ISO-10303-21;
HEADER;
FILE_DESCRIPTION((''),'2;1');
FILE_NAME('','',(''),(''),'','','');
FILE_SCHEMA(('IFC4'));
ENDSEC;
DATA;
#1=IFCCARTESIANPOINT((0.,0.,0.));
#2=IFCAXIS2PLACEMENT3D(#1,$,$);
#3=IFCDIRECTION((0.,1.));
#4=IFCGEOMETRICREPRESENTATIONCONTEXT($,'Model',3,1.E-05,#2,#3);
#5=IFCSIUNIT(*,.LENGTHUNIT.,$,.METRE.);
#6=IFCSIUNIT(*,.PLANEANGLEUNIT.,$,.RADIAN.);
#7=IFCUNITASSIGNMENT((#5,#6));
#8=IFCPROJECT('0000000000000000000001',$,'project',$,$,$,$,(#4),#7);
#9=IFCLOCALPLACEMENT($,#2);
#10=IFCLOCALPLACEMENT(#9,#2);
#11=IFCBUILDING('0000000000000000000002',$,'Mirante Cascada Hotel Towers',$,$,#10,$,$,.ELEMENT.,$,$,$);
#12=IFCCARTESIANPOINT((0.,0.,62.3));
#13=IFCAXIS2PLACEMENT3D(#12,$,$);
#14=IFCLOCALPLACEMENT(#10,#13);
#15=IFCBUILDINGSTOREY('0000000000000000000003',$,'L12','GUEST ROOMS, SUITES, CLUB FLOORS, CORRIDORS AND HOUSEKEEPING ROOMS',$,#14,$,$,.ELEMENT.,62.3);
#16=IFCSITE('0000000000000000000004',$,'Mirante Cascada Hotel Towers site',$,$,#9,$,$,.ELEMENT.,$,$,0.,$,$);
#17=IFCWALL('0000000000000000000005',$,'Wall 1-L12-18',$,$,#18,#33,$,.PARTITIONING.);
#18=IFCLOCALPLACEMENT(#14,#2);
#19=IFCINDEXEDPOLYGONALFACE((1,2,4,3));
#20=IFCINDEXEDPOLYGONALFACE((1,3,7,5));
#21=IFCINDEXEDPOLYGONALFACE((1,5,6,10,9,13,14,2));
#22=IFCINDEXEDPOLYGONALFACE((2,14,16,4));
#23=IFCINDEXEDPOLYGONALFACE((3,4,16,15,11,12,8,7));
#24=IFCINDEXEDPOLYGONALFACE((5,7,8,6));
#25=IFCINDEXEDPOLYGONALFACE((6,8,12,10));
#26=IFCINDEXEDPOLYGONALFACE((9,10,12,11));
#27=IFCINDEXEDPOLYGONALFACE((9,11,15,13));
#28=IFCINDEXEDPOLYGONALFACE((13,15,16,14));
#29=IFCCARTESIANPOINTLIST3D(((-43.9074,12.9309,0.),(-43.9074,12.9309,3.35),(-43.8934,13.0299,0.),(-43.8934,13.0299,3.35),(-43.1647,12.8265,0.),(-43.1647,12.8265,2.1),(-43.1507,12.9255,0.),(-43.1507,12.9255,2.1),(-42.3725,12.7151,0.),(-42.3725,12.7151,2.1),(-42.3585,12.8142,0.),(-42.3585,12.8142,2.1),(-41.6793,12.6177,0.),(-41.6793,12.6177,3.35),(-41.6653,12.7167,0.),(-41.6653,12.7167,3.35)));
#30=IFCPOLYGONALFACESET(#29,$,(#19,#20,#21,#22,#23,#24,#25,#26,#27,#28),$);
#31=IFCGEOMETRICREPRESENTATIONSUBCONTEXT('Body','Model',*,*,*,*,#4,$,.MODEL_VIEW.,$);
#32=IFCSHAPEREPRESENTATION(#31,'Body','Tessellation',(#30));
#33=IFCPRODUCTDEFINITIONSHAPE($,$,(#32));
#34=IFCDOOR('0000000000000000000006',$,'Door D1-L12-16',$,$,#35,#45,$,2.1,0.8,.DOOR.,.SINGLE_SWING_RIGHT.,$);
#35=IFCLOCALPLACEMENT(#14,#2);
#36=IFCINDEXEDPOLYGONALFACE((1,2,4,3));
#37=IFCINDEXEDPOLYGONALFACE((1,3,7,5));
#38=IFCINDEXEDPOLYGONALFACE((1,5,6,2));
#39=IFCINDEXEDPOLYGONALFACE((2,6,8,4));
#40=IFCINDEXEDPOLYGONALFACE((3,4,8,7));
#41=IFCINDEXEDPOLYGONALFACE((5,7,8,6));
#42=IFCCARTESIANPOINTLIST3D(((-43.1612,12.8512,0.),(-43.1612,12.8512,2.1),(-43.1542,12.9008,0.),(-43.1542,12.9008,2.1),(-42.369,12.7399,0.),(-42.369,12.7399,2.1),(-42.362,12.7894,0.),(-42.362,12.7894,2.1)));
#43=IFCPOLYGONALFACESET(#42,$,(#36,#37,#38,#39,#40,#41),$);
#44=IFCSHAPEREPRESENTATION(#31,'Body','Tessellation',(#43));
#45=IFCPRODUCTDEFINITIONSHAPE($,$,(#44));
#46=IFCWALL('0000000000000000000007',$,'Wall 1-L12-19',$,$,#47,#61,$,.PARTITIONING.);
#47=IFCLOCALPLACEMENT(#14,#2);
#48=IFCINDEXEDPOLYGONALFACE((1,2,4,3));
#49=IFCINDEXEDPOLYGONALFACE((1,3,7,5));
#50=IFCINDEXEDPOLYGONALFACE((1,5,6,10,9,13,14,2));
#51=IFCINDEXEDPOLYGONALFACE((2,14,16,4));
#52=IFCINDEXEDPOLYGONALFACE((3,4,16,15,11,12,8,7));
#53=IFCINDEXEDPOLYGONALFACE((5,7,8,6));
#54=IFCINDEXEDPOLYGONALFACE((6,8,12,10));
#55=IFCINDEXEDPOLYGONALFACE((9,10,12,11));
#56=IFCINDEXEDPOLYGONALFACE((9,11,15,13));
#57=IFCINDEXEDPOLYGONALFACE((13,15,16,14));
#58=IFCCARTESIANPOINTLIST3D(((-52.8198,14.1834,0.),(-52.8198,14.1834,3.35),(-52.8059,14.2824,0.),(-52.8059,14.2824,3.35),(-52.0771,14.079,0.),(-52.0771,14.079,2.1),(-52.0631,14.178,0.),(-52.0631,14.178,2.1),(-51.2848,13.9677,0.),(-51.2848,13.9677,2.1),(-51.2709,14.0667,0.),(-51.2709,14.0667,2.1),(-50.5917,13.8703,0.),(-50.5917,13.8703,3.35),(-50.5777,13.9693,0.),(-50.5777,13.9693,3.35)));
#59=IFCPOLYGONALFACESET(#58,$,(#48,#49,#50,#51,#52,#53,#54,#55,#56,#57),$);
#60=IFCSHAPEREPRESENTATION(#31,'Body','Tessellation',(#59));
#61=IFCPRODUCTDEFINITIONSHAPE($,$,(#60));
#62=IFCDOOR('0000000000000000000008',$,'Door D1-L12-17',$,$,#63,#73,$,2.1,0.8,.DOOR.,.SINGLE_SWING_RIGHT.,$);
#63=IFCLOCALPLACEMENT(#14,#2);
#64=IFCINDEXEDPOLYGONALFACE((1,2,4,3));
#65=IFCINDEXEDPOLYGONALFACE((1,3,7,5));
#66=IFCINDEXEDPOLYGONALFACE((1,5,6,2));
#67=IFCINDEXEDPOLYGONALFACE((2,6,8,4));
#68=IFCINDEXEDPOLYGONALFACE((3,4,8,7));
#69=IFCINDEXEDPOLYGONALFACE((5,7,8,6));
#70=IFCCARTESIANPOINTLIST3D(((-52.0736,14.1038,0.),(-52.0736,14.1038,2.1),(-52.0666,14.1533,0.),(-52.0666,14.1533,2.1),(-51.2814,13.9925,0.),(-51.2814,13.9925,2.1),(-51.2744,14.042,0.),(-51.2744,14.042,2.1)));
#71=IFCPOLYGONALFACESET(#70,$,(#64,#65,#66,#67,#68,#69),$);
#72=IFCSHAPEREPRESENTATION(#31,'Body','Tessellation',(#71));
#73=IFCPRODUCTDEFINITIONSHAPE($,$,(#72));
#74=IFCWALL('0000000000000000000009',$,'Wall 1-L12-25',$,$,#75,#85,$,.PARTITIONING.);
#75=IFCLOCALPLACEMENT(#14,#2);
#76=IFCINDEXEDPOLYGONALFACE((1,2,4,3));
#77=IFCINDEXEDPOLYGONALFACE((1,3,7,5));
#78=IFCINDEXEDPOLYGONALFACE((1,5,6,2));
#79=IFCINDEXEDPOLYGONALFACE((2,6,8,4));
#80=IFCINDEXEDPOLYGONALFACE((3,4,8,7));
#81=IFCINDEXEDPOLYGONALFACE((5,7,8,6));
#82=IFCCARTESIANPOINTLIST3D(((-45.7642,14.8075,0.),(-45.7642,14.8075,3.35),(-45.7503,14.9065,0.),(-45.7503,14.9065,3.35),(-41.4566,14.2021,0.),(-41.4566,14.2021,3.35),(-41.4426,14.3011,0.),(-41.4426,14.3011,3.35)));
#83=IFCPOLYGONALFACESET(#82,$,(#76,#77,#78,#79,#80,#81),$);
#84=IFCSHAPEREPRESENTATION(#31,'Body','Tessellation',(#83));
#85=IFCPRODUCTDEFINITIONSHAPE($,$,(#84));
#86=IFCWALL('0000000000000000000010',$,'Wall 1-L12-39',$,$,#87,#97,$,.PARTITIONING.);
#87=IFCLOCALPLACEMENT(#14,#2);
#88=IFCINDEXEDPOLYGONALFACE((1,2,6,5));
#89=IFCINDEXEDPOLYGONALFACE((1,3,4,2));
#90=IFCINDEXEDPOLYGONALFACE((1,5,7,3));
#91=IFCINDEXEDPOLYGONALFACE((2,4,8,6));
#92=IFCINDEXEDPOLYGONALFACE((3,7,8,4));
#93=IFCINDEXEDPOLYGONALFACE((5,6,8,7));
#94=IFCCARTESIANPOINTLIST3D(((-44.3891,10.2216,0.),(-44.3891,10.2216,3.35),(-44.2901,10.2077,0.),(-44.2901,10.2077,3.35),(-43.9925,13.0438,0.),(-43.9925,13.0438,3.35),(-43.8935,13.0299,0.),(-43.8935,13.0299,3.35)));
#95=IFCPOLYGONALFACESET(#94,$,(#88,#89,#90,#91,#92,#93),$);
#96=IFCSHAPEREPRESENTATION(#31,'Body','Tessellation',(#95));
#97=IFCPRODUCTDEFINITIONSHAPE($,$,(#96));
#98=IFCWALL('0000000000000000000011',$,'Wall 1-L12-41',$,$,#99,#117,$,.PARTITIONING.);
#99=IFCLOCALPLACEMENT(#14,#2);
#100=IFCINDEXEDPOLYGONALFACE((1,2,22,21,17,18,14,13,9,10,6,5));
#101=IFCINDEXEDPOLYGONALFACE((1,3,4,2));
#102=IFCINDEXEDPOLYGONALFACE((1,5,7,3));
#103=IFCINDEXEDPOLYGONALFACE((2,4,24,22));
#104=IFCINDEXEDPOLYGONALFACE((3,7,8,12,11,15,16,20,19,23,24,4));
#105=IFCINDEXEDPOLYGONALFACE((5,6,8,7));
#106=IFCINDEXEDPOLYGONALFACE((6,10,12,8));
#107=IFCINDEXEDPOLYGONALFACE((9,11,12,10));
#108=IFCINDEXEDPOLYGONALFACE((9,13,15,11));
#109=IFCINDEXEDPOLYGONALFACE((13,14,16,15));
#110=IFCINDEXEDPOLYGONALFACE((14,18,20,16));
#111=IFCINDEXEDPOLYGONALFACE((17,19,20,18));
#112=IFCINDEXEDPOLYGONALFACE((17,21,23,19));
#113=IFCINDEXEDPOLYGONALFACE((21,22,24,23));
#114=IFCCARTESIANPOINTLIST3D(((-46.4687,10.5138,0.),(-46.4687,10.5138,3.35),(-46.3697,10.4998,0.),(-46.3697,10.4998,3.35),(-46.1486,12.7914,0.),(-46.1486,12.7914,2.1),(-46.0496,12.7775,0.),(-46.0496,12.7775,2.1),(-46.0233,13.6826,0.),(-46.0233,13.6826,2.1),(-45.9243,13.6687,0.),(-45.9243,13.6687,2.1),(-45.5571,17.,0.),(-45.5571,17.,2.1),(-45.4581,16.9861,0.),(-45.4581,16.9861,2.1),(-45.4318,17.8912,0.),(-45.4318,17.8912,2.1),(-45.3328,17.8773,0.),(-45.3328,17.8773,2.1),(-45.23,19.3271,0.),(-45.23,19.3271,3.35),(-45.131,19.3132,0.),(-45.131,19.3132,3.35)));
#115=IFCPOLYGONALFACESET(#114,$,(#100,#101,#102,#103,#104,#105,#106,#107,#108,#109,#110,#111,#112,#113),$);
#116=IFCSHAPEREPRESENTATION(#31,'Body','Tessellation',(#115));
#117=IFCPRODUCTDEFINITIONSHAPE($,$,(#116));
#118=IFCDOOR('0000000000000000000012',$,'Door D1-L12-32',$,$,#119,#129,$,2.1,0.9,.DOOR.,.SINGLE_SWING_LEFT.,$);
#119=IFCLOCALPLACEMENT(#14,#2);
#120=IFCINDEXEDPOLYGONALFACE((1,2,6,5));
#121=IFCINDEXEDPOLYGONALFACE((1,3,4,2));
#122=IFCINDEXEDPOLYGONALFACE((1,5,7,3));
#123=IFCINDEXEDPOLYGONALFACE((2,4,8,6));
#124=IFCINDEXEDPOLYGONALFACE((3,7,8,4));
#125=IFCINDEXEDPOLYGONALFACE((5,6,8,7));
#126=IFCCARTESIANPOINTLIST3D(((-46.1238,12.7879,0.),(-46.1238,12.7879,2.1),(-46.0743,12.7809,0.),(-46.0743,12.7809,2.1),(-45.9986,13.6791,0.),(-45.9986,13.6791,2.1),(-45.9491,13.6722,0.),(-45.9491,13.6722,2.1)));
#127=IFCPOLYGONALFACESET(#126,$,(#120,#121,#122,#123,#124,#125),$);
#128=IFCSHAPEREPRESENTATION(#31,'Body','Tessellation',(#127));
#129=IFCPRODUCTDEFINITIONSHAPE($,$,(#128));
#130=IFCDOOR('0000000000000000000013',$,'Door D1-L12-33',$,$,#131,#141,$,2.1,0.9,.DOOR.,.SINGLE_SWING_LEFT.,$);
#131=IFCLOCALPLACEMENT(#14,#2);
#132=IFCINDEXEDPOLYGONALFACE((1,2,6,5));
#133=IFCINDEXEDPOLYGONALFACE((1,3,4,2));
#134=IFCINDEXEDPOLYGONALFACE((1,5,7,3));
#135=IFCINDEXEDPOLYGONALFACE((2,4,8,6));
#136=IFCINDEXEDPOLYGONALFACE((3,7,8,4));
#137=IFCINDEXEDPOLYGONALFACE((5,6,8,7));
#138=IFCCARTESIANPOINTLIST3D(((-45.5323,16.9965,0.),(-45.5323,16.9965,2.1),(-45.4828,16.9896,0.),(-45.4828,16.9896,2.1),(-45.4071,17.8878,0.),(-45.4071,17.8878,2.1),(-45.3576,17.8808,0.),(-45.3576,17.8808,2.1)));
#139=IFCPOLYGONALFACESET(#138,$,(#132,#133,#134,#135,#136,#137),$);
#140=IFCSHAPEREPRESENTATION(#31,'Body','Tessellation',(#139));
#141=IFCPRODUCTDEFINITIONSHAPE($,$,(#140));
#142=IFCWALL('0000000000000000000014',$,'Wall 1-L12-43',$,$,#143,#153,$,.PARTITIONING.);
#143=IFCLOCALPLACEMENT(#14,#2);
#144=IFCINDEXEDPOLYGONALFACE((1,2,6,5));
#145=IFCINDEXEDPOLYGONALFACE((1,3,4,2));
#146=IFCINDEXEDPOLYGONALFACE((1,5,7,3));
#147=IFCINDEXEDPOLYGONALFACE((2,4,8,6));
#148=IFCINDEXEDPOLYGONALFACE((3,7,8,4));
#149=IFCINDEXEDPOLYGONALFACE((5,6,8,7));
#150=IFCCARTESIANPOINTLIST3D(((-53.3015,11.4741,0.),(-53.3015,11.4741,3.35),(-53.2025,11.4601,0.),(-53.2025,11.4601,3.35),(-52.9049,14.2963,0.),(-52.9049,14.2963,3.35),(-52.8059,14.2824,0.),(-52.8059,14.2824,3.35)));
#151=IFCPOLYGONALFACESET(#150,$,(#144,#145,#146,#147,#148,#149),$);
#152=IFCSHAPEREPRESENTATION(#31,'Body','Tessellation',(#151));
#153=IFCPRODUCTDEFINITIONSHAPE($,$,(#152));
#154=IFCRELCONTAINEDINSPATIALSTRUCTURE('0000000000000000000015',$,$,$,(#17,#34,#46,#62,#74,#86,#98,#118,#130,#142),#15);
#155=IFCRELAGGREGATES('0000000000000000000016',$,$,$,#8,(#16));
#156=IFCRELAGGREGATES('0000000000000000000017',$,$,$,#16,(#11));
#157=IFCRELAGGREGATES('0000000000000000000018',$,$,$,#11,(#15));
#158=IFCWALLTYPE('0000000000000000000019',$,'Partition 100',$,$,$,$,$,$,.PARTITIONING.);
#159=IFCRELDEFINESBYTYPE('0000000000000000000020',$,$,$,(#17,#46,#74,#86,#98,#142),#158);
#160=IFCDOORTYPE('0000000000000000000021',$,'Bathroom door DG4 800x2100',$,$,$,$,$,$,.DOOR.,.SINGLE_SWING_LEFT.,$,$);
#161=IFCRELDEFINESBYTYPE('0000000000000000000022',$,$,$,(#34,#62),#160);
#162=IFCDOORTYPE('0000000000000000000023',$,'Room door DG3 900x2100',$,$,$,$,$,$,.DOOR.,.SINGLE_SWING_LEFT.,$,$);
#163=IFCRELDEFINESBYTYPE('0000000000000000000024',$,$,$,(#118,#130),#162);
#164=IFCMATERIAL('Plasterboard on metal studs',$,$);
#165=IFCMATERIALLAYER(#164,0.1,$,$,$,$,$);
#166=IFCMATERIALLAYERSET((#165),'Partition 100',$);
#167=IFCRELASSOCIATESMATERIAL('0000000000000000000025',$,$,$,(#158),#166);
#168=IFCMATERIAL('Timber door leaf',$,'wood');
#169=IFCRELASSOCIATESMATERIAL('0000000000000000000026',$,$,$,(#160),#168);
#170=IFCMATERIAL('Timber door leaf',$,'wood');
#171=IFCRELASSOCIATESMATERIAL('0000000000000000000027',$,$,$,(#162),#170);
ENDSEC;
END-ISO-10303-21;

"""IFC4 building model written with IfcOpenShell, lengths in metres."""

from ifc_helpers import new_model, si_unit, direction, frame, frame_2d, origin, place, context, subcontext, project, spatial, rectangle, extrude, material, layer, layer_set, type_object, element, fill, save


model = new_model("IFC4")

# Units and contexts
model_context = context("Model", 3, precision=1e-05, world=origin(), true_north=direction((0.0, 1.0)))
body_context = subcontext(model_context, "Body", "Model", "MODEL_VIEW")
ifc_project = project(units=[si_unit("LENGTHUNIT", "METRE"), si_unit("PLANEANGLEUNIT", "RADIAN")], contexts=[model_context])

# Site, building, storey
site_placement = place(None, origin())
site = spatial("IfcSite", under=ifc_project, at=site_placement, Name="Mirante Cascada Hotel Towers site", CompositionType="ELEMENT", RefElevation=0.0)
building_placement = place(site_placement, origin())
building = spatial("IfcBuilding", under=site, at=building_placement, Name="Mirante Cascada Hotel Towers", CompositionType="ELEMENT")
storey_placement = place(building_placement, frame((0.0, 0.0, 62.3)))
storey = spatial("IfcBuildingStorey", under=building, at=storey_placement, Name="L12", Description="GUEST ROOMS, SUITES, CLUB FLOORS, CORRIDORS AND HOUSEKEEPING ROOMS", CompositionType="ELEMENT", Elevation=62.3)

# Walls, openings, doors
ifc_material_1 = material(Name="Plasterboard on metal studs")
ifc_layer_1 = layer(ifc_material_1, 0.1)
ifc_layer_set_1 = layer_set([ifc_layer_1], Name="Partition 100")
wall_type_1 = type_object("IfcWallType", Name="Partition 100", PredefinedType="PARTITIONING", material=ifc_layer_set_1)
wall_1_placement = place(storey_placement, frame((-43.9004, 12.9804, 0.0), z_axis=(0.0, 0.0, 1.0), x_axis=(0.990264, -0.1392, 0.0)))
wall_1 = element("IfcWall", 1, at=wall_1_placement, inside=storey, type_object=wall_type_1, Name="Wall 1-L12-18", PredefinedType="PARTITIONING", context=body_context, shape_type="SweptSolid", body=[
    extrude(rectangle(XDim=2.25, YDim=0.1, at=frame_2d((1.125, 0.0))), origin(), (0.0, 0.0, 1.0), 3.35),
])
opening_1_placement = place(wall_1_placement, frame((0.75, 0.0, 0.0)))
opening_1 = element("IfcOpeningElement", 2, at=opening_1_placement, cuts=wall_1, PredefinedType="OPENING", context=body_context, shape_type="SweptSolid", body=[
    extrude(rectangle(XDim=0.8, YDim=2.1, at=frame_2d((0.4, 1.05))), frame((0.0, 0.05, 0.0), z_axis=(0.0, -1.0, 0.0), x_axis=(1.0, 0.0, 0.0)), (0.0, 0.0, 1.0), 0.1),
])
ifc_material_2 = material(Name="Timber door leaf", Category="wood")
door_type_1 = type_object("IfcDoorType", Name="Bathroom door DG4 800x2100", OperationType="SINGLE_SWING_LEFT", PredefinedType="DOOR", material=ifc_material_2)
door_1_placement = place(opening_1_placement, frame((0.8, 0.0, 0.0), z_axis=(0.0, 0.0, 1.0), x_axis=(-1.0, 0.0, 0.0)))
door_1 = element("IfcDoor", 3, at=door_1_placement, inside=storey, type_object=door_type_1, Name="Door D1-L12-16", OperationType="SINGLE_SWING_RIGHT", OverallHeight=2.1, OverallWidth=0.8, PredefinedType="DOOR", context=body_context, shape_type="SweptSolid", body=[
    extrude(rectangle(XDim=0.8, YDim=2.1, at=frame_2d((0.4, 1.05))), frame((0.0, 0.025, 0.0), z_axis=(0.0, -1.0, 0.0), x_axis=(1.0, 0.0, 0.0)), (0.0, 0.0, 1.0), 0.05),
])
fill(opening_1, door_1)
wall_2_placement = place(storey_placement, frame((-50.5847, 13.9198, 0.0), z_axis=(0.0, 0.0, 1.0), x_axis=(-0.990271, 0.139156, 0.0)))
wall_2 = element("IfcWall", 4, at=wall_2_placement, inside=storey, type_object=wall_type_1, Name="Wall 1-L12-19", PredefinedType="PARTITIONING", context=body_context, shape_type="SweptSolid", body=[
    extrude(rectangle(XDim=2.25, YDim=0.1, at=frame_2d((1.125, 0.0))), origin(), (0.0, 0.0, 1.0), 3.35),
])
opening_2_placement = place(wall_2_placement, frame((0.7, 0.0, 0.0)))
opening_2 = element("IfcOpeningElement", 5, at=opening_2_placement, cuts=wall_2, PredefinedType="OPENING", context=body_context, shape_type="SweptSolid", body=[
    extrude(rectangle(XDim=0.8, YDim=2.1, at=frame_2d((0.4, 1.05))), frame((0.0, 0.05, 0.0), z_axis=(0.0, -1.0, 0.0), x_axis=(1.0, 0.0, 0.0)), (0.0, 0.0, 1.0), 0.1),
])
door_2_placement = place(opening_2_placement, frame((0.8, 0.0, 0.0), z_axis=(0.0, 0.0, 1.0), x_axis=(-1.0, 0.0, 0.0)))
door_2 = element("IfcDoor", 6, at=door_2_placement, inside=storey, type_object=door_type_1, Name="Door D1-L12-17", OperationType="SINGLE_SWING_RIGHT", OverallHeight=2.1, OverallWidth=0.8, PredefinedType="DOOR", context=body_context, shape_type="SweptSolid", body=[
    extrude(rectangle(XDim=0.8, YDim=2.1, at=frame_2d((0.4, 1.05))), frame((0.0, 0.025, 0.0), z_axis=(0.0, -1.0, 0.0), x_axis=(1.0, 0.0, 0.0)), (0.0, 0.0, 1.0), 0.05),
])
fill(opening_2, door_2)

# Walls
wall_3_placement = place(storey_placement, frame((-41.4496, 14.2516, 0.0), z_axis=(0.0, 0.0, 1.0), x_axis=(-0.990268, 0.139171, 0.0)))
element("IfcWall", 7, at=wall_3_placement, inside=storey, type_object=wall_type_1, Name="Wall 1-L12-25", PredefinedType="PARTITIONING", context=body_context, shape_type="SweptSolid", body=[
    extrude(rectangle(XDim=4.35, YDim=0.1, at=frame_2d((2.175, 0.0))), origin(), (0.0, 0.0, 1.0), 3.35),
])
wall_4_placement = place(storey_placement, frame((-44.3396, 10.2146, 0.0), z_axis=(0.0, 0.0, 1.0), x_axis=(0.139161, 0.99027, 0.0)))
element("IfcWall", 8, at=wall_4_placement, inside=storey, type_object=wall_type_1, Name="Wall 1-L12-39", PredefinedType="PARTITIONING", context=body_context, shape_type="SweptSolid", body=[
    extrude(rectangle(XDim=2.8499, YDim=0.1, at=frame_2d((1.425, 0.0))), origin(), (0.0, 0.0, 1.0), 3.35),
])

# Wall, openings, doors
wall_5_placement = place(storey_placement, frame((-46.4192, 10.5068, 0.0), z_axis=(0.0, 0.0, 1.0), x_axis=(0.139179, 0.990267, 0.0)))
wall_5 = element("IfcWall", 9, at=wall_5_placement, inside=storey, type_object=wall_type_1, Name="Wall 1-L12-41", PredefinedType="PARTITIONING", context=body_context, shape_type="SweptSolid", body=[
    extrude(rectangle(XDim=8.9, YDim=0.1, at=frame_2d((4.45, 0.0))), origin(), (0.0, 0.0, 1.0), 3.35),
])
opening_3_placement = place(wall_5_placement, frame((2.3, 0.0, 0.0)))
opening_3 = element("IfcOpeningElement", 10, at=opening_3_placement, cuts=wall_5, PredefinedType="OPENING", context=body_context, shape_type="SweptSolid", body=[
    extrude(rectangle(XDim=0.9, YDim=2.1, at=frame_2d((0.45, 1.05))), frame((0.0, 0.05, 0.0), z_axis=(0.0, -1.0, 0.0), x_axis=(1.0, 0.0, 0.0)), (0.0, 0.0, 1.0), 0.1),
])
opening_4_placement = place(wall_5_placement, frame((6.55, 0.0, 0.0)))
opening_4 = element("IfcOpeningElement", 11, at=opening_4_placement, cuts=wall_5, PredefinedType="OPENING", context=body_context, shape_type="SweptSolid", body=[
    extrude(rectangle(XDim=0.9, YDim=2.1, at=frame_2d((0.45, 1.05))), frame((0.0, 0.05, 0.0), z_axis=(0.0, -1.0, 0.0), x_axis=(1.0, 0.0, 0.0)), (0.0, 0.0, 1.0), 0.1),
])
ifc_material_3 = material(Name="Timber door leaf", Category="wood")
door_type_2 = type_object("IfcDoorType", Name="Room door DG3 900x2100", OperationType="SINGLE_SWING_LEFT", PredefinedType="DOOR", material=ifc_material_3)
door_3_placement = place(opening_3_placement, origin())
door_3 = element("IfcDoor", 12, at=door_3_placement, inside=storey, type_object=door_type_2, Name="Door D1-L12-32", OperationType="SINGLE_SWING_LEFT", OverallHeight=2.1, OverallWidth=0.9, PredefinedType="DOOR", context=body_context, shape_type="SweptSolid", body=[
    extrude(rectangle(XDim=0.9, YDim=2.1, at=frame_2d((0.45, 1.05))), frame((0.0, 0.025, 0.0), z_axis=(0.0, -1.0, 0.0), x_axis=(1.0, 0.0, 0.0)), (0.0, 0.0, 1.0), 0.05),
])
fill(opening_3, door_3)
door_4_placement = place(opening_4_placement, origin())
door_4 = element("IfcDoor", 13, at=door_4_placement, inside=storey, type_object=door_type_2, Name="Door D1-L12-33", OperationType="SINGLE_SWING_LEFT", OverallHeight=2.1, OverallWidth=0.9, PredefinedType="DOOR", context=body_context, shape_type="SweptSolid", body=[
    extrude(rectangle(XDim=0.9, YDim=2.1, at=frame_2d((0.45, 1.05))), frame((0.0, 0.025, 0.0), z_axis=(0.0, -1.0, 0.0), x_axis=(1.0, 0.0, 0.0)), (0.0, 0.0, 1.0), 0.05),
])
fill(opening_4, door_4)

# Wall
wall_6_placement = place(storey_placement, frame((-53.252, 11.4671, 0.0), z_axis=(0.0, 0.0, 1.0), x_axis=(0.139156, 0.99027, 0.0)))
element("IfcWall", 14, at=wall_6_placement, inside=storey, type_object=wall_type_1, Name="Wall 1-L12-43", PredefinedType="PARTITIONING", context=body_context, shape_type="SweptSolid", body=[
    extrude(rectangle(XDim=2.85, YDim=0.1, at=frame_2d((1.425, 0.0))), origin(), (0.0, 0.0, 1.0), 3.35),
])

save(model, "model.ifc")
